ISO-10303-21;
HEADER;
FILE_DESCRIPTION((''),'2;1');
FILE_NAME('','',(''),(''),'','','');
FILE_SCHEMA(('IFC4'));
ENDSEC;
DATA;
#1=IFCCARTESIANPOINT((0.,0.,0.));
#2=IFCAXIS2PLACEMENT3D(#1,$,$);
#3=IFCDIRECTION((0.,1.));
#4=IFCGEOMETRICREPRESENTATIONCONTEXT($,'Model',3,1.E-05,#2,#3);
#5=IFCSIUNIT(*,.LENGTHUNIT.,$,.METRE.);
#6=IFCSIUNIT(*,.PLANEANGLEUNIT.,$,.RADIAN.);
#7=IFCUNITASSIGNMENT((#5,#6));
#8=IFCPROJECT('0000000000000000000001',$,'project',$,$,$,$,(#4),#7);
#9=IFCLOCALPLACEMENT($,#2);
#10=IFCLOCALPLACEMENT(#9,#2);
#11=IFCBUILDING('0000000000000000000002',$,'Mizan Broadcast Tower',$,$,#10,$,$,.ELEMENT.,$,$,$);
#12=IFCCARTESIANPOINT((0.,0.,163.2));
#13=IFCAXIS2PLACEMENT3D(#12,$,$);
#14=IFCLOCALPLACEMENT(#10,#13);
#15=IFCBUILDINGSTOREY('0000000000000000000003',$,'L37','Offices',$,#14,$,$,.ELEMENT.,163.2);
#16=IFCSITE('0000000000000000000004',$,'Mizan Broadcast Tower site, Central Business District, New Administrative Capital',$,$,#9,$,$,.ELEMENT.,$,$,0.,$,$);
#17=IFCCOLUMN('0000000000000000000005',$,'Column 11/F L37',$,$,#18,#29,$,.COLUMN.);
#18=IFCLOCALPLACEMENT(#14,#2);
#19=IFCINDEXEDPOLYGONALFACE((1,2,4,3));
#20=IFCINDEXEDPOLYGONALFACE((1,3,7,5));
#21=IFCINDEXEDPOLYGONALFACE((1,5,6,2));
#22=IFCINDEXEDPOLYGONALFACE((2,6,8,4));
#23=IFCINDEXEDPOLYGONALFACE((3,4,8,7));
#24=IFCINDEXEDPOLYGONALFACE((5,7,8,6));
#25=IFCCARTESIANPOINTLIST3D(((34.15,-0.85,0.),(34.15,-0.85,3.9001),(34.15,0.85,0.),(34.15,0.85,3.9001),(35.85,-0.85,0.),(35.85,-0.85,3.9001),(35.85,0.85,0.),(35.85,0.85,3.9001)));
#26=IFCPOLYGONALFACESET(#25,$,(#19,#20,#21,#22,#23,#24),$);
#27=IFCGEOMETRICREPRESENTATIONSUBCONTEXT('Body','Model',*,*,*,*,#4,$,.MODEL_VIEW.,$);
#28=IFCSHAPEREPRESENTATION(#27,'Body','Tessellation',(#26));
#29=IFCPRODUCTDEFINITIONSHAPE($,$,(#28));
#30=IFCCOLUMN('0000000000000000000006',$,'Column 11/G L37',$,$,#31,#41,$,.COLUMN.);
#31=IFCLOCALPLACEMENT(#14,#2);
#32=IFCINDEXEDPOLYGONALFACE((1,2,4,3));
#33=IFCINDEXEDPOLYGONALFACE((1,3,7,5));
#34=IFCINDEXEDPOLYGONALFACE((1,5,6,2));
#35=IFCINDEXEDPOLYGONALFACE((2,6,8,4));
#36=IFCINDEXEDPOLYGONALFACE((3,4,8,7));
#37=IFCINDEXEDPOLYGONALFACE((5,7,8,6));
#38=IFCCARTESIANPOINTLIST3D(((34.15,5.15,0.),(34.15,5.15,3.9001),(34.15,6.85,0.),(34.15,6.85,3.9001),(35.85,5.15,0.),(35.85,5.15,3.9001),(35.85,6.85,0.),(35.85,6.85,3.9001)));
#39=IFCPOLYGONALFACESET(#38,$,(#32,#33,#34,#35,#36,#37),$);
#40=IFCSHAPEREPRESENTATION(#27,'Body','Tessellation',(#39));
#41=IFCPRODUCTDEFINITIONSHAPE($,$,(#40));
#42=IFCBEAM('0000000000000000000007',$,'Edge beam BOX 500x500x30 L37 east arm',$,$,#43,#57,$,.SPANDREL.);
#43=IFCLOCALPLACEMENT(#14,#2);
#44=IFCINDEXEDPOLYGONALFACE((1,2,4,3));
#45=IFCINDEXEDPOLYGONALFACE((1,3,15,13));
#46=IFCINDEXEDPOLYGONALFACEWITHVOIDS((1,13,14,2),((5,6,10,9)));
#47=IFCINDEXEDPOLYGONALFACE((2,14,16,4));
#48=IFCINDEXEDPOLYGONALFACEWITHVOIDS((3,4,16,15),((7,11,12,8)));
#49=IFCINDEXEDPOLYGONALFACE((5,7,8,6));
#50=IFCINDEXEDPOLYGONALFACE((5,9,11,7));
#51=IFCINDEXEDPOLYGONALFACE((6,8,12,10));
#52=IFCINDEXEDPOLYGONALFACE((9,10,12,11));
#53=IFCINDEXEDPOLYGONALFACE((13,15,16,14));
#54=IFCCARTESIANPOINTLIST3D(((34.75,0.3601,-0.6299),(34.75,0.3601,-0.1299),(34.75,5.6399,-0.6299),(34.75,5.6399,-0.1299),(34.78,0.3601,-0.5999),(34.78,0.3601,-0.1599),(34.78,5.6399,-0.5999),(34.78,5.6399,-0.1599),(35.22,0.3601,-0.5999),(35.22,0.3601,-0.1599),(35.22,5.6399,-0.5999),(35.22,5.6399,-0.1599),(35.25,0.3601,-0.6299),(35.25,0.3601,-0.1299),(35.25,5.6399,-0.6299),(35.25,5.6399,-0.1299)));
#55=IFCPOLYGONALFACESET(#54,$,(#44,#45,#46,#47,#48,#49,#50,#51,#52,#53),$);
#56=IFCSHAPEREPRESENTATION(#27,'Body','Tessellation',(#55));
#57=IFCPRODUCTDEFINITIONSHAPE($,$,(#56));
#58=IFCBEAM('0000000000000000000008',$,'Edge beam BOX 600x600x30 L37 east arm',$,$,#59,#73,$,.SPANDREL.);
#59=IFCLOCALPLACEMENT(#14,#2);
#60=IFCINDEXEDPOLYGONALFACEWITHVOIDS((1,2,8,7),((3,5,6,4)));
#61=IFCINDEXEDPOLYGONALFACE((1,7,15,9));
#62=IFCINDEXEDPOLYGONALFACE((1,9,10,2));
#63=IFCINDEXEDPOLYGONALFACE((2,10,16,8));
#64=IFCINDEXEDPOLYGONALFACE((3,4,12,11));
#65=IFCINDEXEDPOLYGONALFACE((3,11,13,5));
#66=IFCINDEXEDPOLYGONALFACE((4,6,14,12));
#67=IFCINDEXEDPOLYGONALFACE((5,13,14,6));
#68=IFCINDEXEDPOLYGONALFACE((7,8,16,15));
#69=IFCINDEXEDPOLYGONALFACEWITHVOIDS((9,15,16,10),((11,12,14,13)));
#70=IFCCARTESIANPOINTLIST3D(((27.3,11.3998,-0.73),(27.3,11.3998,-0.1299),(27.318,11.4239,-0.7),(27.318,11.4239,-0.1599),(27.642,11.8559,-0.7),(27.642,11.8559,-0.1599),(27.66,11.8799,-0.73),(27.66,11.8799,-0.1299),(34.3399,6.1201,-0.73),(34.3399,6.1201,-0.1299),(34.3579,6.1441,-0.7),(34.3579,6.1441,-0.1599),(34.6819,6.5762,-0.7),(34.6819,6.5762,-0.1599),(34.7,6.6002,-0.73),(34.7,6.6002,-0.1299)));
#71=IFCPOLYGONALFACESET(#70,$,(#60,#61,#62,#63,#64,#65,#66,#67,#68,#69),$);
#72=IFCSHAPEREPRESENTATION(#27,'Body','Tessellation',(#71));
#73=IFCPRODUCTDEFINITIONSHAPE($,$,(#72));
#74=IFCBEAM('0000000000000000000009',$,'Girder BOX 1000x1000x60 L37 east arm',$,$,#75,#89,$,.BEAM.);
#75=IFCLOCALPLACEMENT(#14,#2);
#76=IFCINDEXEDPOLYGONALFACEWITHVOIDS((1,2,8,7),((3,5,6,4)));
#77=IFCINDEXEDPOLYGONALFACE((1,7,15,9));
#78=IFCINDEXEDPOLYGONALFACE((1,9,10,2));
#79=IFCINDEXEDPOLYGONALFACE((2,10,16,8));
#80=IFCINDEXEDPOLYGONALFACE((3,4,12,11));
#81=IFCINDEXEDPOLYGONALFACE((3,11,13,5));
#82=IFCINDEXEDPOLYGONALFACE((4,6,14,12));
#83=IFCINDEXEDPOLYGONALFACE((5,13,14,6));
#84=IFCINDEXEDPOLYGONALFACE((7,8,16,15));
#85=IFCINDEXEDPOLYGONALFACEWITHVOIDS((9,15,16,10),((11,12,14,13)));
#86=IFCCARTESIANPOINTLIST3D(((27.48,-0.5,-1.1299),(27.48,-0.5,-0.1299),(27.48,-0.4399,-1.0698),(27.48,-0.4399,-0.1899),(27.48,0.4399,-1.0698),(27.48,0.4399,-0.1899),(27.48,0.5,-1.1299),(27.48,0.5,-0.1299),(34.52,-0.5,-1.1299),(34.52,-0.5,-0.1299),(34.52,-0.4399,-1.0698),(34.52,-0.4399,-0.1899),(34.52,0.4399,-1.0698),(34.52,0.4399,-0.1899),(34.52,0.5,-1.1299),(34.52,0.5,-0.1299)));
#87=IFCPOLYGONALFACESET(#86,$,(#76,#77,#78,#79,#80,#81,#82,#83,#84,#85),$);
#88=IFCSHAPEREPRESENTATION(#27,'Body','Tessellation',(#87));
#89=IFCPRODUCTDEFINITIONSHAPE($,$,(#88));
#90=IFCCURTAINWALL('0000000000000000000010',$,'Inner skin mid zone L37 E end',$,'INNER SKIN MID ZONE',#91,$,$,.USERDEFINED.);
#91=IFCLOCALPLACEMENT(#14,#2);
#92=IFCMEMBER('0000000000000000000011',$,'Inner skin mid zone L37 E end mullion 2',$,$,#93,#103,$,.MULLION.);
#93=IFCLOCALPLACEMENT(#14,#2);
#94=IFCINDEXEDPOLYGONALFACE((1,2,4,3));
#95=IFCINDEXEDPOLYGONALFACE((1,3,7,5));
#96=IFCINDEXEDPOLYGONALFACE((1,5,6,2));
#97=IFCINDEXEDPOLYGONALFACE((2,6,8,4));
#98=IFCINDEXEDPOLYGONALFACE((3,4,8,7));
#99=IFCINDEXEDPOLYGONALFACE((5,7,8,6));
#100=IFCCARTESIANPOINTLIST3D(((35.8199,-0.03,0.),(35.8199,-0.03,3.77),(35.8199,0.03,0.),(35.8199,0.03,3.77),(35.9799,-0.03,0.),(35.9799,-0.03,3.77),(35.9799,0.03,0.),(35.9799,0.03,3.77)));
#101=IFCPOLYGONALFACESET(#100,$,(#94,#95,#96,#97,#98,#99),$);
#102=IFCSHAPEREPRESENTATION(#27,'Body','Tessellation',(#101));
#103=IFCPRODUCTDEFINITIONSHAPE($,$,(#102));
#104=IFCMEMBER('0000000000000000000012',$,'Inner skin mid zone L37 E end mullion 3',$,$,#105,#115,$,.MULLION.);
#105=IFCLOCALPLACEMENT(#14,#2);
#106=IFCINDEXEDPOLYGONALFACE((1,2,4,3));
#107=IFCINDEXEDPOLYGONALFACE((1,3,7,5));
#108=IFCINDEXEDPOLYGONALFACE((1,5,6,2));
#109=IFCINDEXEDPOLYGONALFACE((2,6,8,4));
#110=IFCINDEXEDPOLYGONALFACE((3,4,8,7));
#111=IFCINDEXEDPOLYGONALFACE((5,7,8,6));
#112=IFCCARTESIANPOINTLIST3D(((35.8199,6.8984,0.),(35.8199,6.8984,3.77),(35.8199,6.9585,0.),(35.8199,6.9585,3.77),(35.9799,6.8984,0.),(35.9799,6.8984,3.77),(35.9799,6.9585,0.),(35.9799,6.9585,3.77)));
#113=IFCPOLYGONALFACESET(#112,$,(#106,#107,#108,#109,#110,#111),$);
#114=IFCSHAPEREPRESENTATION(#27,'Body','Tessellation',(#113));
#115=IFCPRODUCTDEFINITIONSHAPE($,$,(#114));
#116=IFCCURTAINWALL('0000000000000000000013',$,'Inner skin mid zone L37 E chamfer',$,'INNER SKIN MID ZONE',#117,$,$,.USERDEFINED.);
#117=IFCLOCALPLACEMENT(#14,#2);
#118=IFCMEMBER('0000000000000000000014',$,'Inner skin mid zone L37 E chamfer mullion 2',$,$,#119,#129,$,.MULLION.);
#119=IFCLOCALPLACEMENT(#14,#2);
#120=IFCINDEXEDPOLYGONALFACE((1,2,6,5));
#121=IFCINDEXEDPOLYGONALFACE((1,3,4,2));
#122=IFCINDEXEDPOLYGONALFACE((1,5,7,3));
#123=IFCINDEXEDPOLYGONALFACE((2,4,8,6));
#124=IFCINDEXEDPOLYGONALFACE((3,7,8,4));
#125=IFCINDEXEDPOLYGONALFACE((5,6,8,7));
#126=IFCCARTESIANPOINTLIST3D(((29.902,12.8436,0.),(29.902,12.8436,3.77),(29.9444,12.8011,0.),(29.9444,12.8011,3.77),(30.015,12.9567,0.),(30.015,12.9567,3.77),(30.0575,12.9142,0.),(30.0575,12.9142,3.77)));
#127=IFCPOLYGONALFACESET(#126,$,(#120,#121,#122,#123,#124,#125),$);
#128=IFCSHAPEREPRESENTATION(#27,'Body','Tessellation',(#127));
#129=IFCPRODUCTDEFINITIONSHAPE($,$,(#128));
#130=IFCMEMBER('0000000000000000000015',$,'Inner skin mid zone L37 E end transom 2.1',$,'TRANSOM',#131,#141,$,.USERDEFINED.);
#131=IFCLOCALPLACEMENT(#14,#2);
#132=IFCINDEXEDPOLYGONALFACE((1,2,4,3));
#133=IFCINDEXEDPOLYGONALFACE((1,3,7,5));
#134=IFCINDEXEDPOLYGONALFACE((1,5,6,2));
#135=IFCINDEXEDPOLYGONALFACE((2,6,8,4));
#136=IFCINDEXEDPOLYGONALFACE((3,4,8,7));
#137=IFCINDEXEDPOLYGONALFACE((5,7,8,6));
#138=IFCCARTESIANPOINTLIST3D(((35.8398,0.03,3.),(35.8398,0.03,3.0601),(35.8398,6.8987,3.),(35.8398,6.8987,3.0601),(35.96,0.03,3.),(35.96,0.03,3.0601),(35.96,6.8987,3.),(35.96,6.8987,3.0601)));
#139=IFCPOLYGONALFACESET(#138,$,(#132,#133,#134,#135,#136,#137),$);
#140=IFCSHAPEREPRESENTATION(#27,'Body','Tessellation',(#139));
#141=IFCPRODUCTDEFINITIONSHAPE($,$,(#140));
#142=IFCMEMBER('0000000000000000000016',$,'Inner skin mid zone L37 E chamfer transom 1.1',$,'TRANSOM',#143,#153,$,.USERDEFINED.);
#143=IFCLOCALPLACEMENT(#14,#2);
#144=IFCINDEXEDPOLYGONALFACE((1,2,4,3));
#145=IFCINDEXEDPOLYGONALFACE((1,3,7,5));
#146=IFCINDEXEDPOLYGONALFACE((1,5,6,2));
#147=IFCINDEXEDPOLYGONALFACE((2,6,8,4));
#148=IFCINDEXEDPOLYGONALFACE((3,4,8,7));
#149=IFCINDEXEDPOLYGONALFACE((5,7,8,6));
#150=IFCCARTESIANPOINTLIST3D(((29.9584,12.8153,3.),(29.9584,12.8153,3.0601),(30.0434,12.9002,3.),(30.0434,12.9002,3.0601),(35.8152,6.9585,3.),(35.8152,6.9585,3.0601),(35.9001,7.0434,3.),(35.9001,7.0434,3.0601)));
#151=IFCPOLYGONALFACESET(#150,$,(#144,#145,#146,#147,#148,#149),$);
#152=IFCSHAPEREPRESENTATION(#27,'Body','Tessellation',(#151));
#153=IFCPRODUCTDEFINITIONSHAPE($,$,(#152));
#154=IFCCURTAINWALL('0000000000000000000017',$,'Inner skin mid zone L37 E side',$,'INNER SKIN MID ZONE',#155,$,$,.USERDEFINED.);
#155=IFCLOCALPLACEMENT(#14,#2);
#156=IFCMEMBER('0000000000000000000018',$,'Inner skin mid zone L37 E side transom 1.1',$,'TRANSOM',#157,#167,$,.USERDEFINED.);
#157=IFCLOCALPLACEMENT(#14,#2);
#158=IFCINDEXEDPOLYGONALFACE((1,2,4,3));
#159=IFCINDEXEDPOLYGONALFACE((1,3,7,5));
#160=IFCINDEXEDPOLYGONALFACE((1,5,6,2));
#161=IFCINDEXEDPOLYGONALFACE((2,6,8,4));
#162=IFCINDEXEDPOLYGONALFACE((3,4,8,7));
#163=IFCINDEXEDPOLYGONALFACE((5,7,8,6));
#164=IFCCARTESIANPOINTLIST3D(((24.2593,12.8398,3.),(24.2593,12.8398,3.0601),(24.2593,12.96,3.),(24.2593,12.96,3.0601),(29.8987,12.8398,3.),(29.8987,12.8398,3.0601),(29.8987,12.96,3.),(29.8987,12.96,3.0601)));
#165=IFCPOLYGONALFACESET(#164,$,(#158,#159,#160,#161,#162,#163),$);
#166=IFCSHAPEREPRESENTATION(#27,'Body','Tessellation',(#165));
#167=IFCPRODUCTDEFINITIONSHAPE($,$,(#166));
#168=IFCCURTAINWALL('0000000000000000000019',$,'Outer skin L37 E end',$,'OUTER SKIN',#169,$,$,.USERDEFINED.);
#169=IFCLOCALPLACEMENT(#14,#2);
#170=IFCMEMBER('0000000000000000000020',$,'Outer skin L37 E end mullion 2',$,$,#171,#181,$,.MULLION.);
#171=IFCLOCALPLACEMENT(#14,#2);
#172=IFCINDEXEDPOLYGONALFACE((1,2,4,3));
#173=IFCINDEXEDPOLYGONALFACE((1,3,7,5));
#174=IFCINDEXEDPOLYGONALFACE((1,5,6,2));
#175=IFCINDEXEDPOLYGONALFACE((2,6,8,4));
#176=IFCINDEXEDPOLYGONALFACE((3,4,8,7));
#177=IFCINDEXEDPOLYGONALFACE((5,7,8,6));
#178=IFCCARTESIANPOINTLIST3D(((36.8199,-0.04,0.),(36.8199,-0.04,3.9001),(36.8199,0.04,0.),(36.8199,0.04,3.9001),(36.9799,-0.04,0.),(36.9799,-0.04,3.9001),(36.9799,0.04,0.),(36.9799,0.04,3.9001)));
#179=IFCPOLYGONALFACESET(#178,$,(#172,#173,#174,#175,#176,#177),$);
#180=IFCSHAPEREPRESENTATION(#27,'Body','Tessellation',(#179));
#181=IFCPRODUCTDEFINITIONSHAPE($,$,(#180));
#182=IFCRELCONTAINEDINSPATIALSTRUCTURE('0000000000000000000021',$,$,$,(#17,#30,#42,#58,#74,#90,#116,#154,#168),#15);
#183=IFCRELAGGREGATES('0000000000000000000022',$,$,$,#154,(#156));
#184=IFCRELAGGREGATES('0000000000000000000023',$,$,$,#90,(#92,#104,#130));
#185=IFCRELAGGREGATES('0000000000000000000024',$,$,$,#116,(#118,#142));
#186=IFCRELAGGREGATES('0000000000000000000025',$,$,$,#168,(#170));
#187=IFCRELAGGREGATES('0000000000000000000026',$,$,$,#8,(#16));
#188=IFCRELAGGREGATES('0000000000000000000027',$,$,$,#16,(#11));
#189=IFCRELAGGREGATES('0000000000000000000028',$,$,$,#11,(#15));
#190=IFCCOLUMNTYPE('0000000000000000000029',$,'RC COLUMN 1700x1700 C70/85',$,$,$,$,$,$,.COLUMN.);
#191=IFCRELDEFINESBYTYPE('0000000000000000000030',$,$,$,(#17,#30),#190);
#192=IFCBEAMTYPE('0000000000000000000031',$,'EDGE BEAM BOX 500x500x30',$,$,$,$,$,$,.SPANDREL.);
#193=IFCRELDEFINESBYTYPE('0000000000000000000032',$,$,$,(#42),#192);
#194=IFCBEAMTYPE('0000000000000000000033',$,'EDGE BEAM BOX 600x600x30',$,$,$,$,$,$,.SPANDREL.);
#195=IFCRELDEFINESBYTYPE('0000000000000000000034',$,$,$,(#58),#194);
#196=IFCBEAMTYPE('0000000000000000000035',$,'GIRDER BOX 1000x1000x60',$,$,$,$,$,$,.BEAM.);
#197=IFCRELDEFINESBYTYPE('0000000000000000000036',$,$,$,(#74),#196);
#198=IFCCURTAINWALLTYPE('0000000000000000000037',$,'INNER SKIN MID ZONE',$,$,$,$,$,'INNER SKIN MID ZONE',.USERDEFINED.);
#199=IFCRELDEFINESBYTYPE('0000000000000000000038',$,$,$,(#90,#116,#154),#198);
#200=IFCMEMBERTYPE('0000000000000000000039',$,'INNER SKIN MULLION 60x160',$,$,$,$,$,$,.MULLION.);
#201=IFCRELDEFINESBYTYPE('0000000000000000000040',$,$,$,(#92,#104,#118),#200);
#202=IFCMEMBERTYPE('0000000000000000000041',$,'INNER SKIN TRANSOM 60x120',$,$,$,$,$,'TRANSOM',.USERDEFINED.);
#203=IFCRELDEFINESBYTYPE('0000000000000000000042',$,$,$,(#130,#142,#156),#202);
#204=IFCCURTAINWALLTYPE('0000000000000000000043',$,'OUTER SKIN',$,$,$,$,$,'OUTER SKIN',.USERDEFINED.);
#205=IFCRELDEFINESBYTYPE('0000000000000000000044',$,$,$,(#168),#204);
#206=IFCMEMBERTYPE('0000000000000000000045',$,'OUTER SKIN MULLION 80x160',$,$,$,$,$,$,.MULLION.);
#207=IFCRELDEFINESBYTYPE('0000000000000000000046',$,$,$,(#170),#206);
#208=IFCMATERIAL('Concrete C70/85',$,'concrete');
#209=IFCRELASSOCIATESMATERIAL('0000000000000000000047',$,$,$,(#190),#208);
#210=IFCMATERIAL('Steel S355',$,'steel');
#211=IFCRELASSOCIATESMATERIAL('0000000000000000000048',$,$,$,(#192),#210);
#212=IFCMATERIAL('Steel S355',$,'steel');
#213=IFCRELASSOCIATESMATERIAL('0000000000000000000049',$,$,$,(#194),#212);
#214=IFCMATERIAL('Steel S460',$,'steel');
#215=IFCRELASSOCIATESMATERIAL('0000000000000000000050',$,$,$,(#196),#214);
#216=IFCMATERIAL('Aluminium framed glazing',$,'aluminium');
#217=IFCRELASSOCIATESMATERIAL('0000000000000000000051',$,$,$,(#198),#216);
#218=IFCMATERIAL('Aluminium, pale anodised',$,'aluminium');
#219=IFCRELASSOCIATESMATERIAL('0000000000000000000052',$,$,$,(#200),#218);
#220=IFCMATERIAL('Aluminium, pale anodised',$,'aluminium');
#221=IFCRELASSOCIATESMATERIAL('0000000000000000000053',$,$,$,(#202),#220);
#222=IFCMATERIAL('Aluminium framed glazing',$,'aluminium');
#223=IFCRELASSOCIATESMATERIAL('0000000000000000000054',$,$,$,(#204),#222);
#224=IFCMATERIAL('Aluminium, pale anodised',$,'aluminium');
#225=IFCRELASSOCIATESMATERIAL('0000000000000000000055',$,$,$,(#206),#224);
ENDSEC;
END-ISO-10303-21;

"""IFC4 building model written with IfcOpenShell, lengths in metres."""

from ifc_helpers import new_model, si_unit, direction, frame, origin, origin_2d, place, context, subcontext, project, spatial, rectangle, hollow_rectangle, extrude, material, material_profile, profile_set, type_object, element, aggregate, save


model = new_model("IFC4")

# Units and contexts
model_context = context("Model", 3, precision=1e-05, world=origin(), true_north=direction((0.0, 1.0)))
body_context = subcontext(model_context, "Body", "Model", "MODEL_VIEW")
ifc_project = project(units=[si_unit("LENGTHUNIT", "METRE"), si_unit("PLANEANGLEUNIT", "RADIAN")], contexts=[model_context])

# Site, building, storey
site_placement = place(None, origin())
site = spatial("IfcSite", under=ifc_project, at=site_placement, Name="Mizan Broadcast Tower site, Central Business District, New Administrative Capital", CompositionType="ELEMENT", RefElevation=0.0)
building_placement = place(site_placement, origin())
building = spatial("IfcBuilding", under=site, at=building_placement, Name="Mizan Broadcast Tower", CompositionType="ELEMENT")
storey_placement = place(building_placement, frame((0.0, 0.0, 163.2)))
storey = spatial("IfcBuildingStorey", under=building, at=storey_placement, Name="L37", Description="Offices", CompositionType="ELEMENT", Elevation=163.2)

# Columns
ifc_material_1 = material(Name="Concrete C70/85", Category="concrete")
ifc_material_profile_1 = material_profile(ifc_material_1, rectangle(XDim=1.7, YDim=1.7, at=origin_2d()), Name="RC 1700x1700")
ifc_profile_set_1 = profile_set([ifc_material_profile_1], Name="Concrete C70/85")
column_type = type_object("IfcColumnType", Name="RC COLUMN 1700x1700 C70/85", PredefinedType="COLUMN", material=ifc_profile_set_1)
for number, where, z_axis, x_axis, name in (
    (1, (35.0, 0.0, 0.0), (0.0, 0.0, 1.0), (1.0, 0.0, 0.0), "Column 11/F L37"),
    (2, (35.0, 6.0, 0.0), (0.0, 0.0, 1.0), (1.0, 0.0, 0.0), "Column 11/G L37"),
):
    element("IfcColumn", number, at=place(storey_placement, frame(where, z_axis=z_axis, x_axis=x_axis)), inside=storey, type_object=column_type, Name=name, PredefinedType="COLUMN", context=body_context, shape_type="SweptSolid", body=[
        extrude(rectangle(XDim=1.7, YDim=1.7, at=origin_2d()), origin(), (0.0, 0.0, 1.0), 3.9001),
    ])

# Beams
ifc_material_2 = material(Name="Steel S355", Category="steel")
ifc_material_profile_2 = material_profile(ifc_material_2, hollow_rectangle(XDim=0.5, YDim=0.5, WallThickness=0.03, at=origin_2d()), Name="BOX 500x500x30")
ifc_profile_set_2 = profile_set([ifc_material_profile_2], Name="Steel S355")
beam_type_1 = type_object("IfcBeamType", Name="EDGE BEAM BOX 500x500x30", PredefinedType="SPANDREL", material=ifc_profile_set_2)
beam_1_placement = place(storey_placement, frame((35.0, 5.6399, -0.3799), z_axis=(0.0, -1.0, 0.0), x_axis=(1.0, 0.0, 0.0)))
element("IfcBeam", 3, at=beam_1_placement, inside=storey, type_object=beam_type_1, Name="Edge beam BOX 500x500x30 L37 east arm", PredefinedType="SPANDREL", context=body_context, shape_type="SweptSolid", body=[
    extrude(hollow_rectangle(XDim=0.5, YDim=0.5, WallThickness=0.03, at=origin_2d()), origin(), (0.0, 0.0, 1.0), 5.2798),
])
ifc_material_3 = material(Name="Steel S355", Category="steel")
ifc_material_profile_3 = material_profile(ifc_material_3, hollow_rectangle(XDim=0.6001, YDim=0.6001, WallThickness=0.03, at=origin_2d()), Name="BOX 600x600x30")
ifc_profile_set_3 = profile_set([ifc_material_profile_3], Name="Steel S355")
beam_type_2 = type_object("IfcBeamType", Name="EDGE BEAM BOX 600x600x30", PredefinedType="SPANDREL", material=ifc_profile_set_3)
beam_2_placement = place(storey_placement, frame((27.48, 11.6399, -0.4299), z_axis=(0.800013, -0.599982, 0.0), x_axis=(0.599982, 0.800013, 0.0)))
element("IfcBeam", 4, at=beam_2_placement, inside=storey, type_object=beam_type_2, Name="Edge beam BOX 600x600x30 L37 east arm", PredefinedType="SPANDREL", context=body_context, shape_type="SweptSolid", body=[
    extrude(hollow_rectangle(XDim=0.6001, YDim=0.6001, WallThickness=0.03, at=origin_2d()), origin(), (0.0, 0.0, 1.0), 8.7998),
])
ifc_material_4 = material(Name="Steel S460", Category="steel")
ifc_material_profile_4 = material_profile(ifc_material_4, hollow_rectangle(XDim=1.0, YDim=1.0, WallThickness=0.0601, at=origin_2d()), Name="BOX 1000x1000x60")
ifc_profile_set_4 = profile_set([ifc_material_profile_4], Name="Steel S460")
beam_type_3 = type_object("IfcBeamType", Name="GIRDER BOX 1000x1000x60", PredefinedType="BEAM", material=ifc_profile_set_4)
beam_3_placement = place(storey_placement, frame((27.48, 0.0, -0.6299), z_axis=(1.0, 0.0, 0.0), x_axis=(0.0, 1.0, 0.0)))
element("IfcBeam", 5, at=beam_3_placement, inside=storey, type_object=beam_type_3, Name="Girder BOX 1000x1000x60 L37 east arm", PredefinedType="BEAM", context=body_context, shape_type="SweptSolid", body=[
    extrude(hollow_rectangle(XDim=1.0, YDim=1.0, WallThickness=0.0601, at=origin_2d()), origin(), (0.0, 0.0, 1.0), 7.04),
])

# Curtain wall, members
ifc_material_5 = material(Name="Aluminium framed glazing", Category="aluminium")
curtain_wall_type_1 = type_object("IfcCurtainWallType", Name="INNER SKIN MID ZONE", ElementType="INNER SKIN MID ZONE", PredefinedType="USERDEFINED", material=ifc_material_5)
curtain_wall_1_placement = place(storey_placement, origin())
curtain_wall_1 = element("IfcCurtainWall", 6, at=curtain_wall_1_placement, inside=storey, type_object=curtain_wall_type_1, Name="Inner skin mid zone L37 E end", ObjectType="INNER SKIN MID ZONE", PredefinedType="USERDEFINED")
ifc_material_6 = material(Name="Aluminium, pale anodised", Category="aluminium")
ifc_material_profile_5 = material_profile(ifc_material_6, rectangle(XDim=0.1599, YDim=0.0601, at=origin_2d()), Name="MULLION 160x60")
ifc_profile_set_5 = profile_set([ifc_material_profile_5], Name="Aluminium, pale anodised")
member_type_1 = type_object("IfcMemberType", Name="INNER SKIN MULLION 60x160", PredefinedType="MULLION", material=ifc_profile_set_5)
member_1_placement = place(storey_placement, frame((35.8999, 0.0, 0.0), z_axis=(0.0, 0.0, 1.0), x_axis=(-1.0, 0.0, 0.0)))
member_1 = element("IfcMember", 7, at=member_1_placement, type_object=member_type_1, Name="Inner skin mid zone L37 E end mullion 2", PredefinedType="MULLION", context=body_context, shape_type="SweptSolid", body=[
    extrude(rectangle(XDim=0.1599, YDim=0.0601, at=origin_2d()), origin(), (0.0, 0.0, 1.0), 3.77),
])
member_2_placement = place(storey_placement, frame((35.8999, 6.9285, 0.0), z_axis=(0.0, 0.0, 1.0), x_axis=(-1.0, 0.0, 0.0)))
member_2 = element("IfcMember", 8, at=member_2_placement, type_object=member_type_1, Name="Inner skin mid zone L37 E end mullion 3", PredefinedType="MULLION", context=body_context, shape_type="SweptSolid", body=[
    extrude(rectangle(XDim=0.1599, YDim=0.0601, at=origin_2d()), origin(), (0.0, 0.0, 1.0), 3.77),
])

# Curtain wall, member
curtain_wall_2_placement = place(storey_placement, origin())
curtain_wall_2 = element("IfcCurtainWall", 9, at=curtain_wall_2_placement, inside=storey, type_object=curtain_wall_type_1, Name="Inner skin mid zone L37 E chamfer", ObjectType="INNER SKIN MID ZONE", PredefinedType="USERDEFINED")
member_3_placement = place(storey_placement, frame((29.9797, 12.8789, 0.0), z_axis=(0.0, 0.0, 1.0), x_axis=(-0.707107, -0.707107, 0.0)))
member_3 = element("IfcMember", 10, at=member_3_placement, type_object=member_type_1, Name="Inner skin mid zone L37 E chamfer mullion 2", PredefinedType="MULLION", context=body_context, shape_type="SweptSolid", body=[
    extrude(rectangle(XDim=0.1599, YDim=0.0601, at=origin_2d()), origin(), (0.0, 0.0, 1.0), 3.77),
])

# Members
ifc_material_7 = material(Name="Aluminium, pale anodised", Category="aluminium")
ifc_material_profile_6 = material_profile(ifc_material_7, rectangle(XDim=0.1201, YDim=0.0601, at=origin_2d()), Name="TRANSOM 120x60")
ifc_profile_set_6 = profile_set([ifc_material_profile_6], Name="Aluminium, pale anodised")
member_type_2 = type_object("IfcMemberType", Name="INNER SKIN TRANSOM 60x120", ElementType="TRANSOM", PredefinedType="USERDEFINED", material=ifc_profile_set_6)
member_4_placement = place(storey_placement, frame((35.8999, 0.03, 3.03), z_axis=(0.0, 1.0, 0.0), x_axis=(-1.0, 0.0, 0.0)))
member_4 = element("IfcMember", 11, at=member_4_placement, type_object=member_type_2, Name="Inner skin mid zone L37 E end transom 2.1", ObjectType="TRANSOM", PredefinedType="USERDEFINED", context=body_context, shape_type="SweptSolid", body=[
    extrude(rectangle(XDim=0.1201, YDim=0.0601, at=origin_2d()), origin(), (0.0, 0.0, 1.0), 6.8687),
])
member_5_placement = place(storey_placement, frame((35.8577, 7.001, 3.03), z_axis=(-0.707107, 0.707107, 0.0), x_axis=(-0.707107, -0.707107, 0.0)))
member_5 = element("IfcMember", 12, at=member_5_placement, type_object=member_type_2, Name="Inner skin mid zone L37 E chamfer transom 1.1", ObjectType="TRANSOM", PredefinedType="USERDEFINED", context=body_context, shape_type="SweptSolid", body=[
    extrude(rectangle(XDim=0.1201, YDim=0.0601, at=origin_2d()), origin(), (0.0, 0.0, 1.0), 8.2827),
])

# Curtain wall, member
curtain_wall_3_placement = place(storey_placement, origin())
curtain_wall_3 = element("IfcCurtainWall", 13, at=curtain_wall_3_placement, inside=storey, type_object=curtain_wall_type_1, Name="Inner skin mid zone L37 E side", ObjectType="INNER SKIN MID ZONE", PredefinedType="USERDEFINED")
member_6_placement = place(storey_placement, frame((29.8987, 12.8999, 3.03), z_axis=(-1.0, 0.0, 0.0), x_axis=(0.0, -1.0, 0.0)))
member_6 = element("IfcMember", 14, at=member_6_placement, type_object=member_type_2, Name="Inner skin mid zone L37 E side transom 1.1", ObjectType="TRANSOM", PredefinedType="USERDEFINED", context=body_context, shape_type="SweptSolid", body=[
    extrude(rectangle(XDim=0.1201, YDim=0.0601, at=origin_2d()), origin(), (0.0, 0.0, 1.0), 5.6394),
])
aggregate(curtain_wall_3, [member_6])

# Curtain wall, member
ifc_material_8 = material(Name="Aluminium framed glazing", Category="aluminium")
curtain_wall_type_2 = type_object("IfcCurtainWallType", Name="OUTER SKIN", ElementType="OUTER SKIN", PredefinedType="USERDEFINED", material=ifc_material_8)
curtain_wall_4_placement = place(storey_placement, origin())
curtain_wall_4 = element("IfcCurtainWall", 15, at=curtain_wall_4_placement, inside=storey, type_object=curtain_wall_type_2, Name="Outer skin L37 E end", ObjectType="OUTER SKIN", PredefinedType="USERDEFINED")
ifc_material_9 = material(Name="Aluminium, pale anodised", Category="aluminium")
ifc_material_profile_7 = material_profile(ifc_material_9, rectangle(XDim=0.1599, YDim=0.0801, at=origin_2d()), Name="MULLION 160x80")
ifc_profile_set_7 = profile_set([ifc_material_profile_7], Name="Aluminium, pale anodised")
member_type_3 = type_object("IfcMemberType", Name="OUTER SKIN MULLION 80x160", PredefinedType="MULLION", material=ifc_profile_set_7)
member_7_placement = place(storey_placement, frame((36.8999, 0.0, 0.0), z_axis=(0.0, 0.0, 1.0), x_axis=(-1.0, 0.0, 0.0)))
member_7 = element("IfcMember", 16, at=member_7_placement, type_object=member_type_3, Name="Outer skin L37 E end mullion 2", PredefinedType="MULLION", context=body_context, shape_type="SweptSolid", body=[
    extrude(rectangle(XDim=0.1599, YDim=0.0801, at=origin_2d()), origin(), (0.0, 0.0, 1.0), 3.9001),
])

aggregate(curtain_wall_1, [member_1, member_2, member_4])
aggregate(curtain_wall_2, [member_3, member_5])
aggregate(curtain_wall_4, [member_7])

save(model, "model.ifc")
